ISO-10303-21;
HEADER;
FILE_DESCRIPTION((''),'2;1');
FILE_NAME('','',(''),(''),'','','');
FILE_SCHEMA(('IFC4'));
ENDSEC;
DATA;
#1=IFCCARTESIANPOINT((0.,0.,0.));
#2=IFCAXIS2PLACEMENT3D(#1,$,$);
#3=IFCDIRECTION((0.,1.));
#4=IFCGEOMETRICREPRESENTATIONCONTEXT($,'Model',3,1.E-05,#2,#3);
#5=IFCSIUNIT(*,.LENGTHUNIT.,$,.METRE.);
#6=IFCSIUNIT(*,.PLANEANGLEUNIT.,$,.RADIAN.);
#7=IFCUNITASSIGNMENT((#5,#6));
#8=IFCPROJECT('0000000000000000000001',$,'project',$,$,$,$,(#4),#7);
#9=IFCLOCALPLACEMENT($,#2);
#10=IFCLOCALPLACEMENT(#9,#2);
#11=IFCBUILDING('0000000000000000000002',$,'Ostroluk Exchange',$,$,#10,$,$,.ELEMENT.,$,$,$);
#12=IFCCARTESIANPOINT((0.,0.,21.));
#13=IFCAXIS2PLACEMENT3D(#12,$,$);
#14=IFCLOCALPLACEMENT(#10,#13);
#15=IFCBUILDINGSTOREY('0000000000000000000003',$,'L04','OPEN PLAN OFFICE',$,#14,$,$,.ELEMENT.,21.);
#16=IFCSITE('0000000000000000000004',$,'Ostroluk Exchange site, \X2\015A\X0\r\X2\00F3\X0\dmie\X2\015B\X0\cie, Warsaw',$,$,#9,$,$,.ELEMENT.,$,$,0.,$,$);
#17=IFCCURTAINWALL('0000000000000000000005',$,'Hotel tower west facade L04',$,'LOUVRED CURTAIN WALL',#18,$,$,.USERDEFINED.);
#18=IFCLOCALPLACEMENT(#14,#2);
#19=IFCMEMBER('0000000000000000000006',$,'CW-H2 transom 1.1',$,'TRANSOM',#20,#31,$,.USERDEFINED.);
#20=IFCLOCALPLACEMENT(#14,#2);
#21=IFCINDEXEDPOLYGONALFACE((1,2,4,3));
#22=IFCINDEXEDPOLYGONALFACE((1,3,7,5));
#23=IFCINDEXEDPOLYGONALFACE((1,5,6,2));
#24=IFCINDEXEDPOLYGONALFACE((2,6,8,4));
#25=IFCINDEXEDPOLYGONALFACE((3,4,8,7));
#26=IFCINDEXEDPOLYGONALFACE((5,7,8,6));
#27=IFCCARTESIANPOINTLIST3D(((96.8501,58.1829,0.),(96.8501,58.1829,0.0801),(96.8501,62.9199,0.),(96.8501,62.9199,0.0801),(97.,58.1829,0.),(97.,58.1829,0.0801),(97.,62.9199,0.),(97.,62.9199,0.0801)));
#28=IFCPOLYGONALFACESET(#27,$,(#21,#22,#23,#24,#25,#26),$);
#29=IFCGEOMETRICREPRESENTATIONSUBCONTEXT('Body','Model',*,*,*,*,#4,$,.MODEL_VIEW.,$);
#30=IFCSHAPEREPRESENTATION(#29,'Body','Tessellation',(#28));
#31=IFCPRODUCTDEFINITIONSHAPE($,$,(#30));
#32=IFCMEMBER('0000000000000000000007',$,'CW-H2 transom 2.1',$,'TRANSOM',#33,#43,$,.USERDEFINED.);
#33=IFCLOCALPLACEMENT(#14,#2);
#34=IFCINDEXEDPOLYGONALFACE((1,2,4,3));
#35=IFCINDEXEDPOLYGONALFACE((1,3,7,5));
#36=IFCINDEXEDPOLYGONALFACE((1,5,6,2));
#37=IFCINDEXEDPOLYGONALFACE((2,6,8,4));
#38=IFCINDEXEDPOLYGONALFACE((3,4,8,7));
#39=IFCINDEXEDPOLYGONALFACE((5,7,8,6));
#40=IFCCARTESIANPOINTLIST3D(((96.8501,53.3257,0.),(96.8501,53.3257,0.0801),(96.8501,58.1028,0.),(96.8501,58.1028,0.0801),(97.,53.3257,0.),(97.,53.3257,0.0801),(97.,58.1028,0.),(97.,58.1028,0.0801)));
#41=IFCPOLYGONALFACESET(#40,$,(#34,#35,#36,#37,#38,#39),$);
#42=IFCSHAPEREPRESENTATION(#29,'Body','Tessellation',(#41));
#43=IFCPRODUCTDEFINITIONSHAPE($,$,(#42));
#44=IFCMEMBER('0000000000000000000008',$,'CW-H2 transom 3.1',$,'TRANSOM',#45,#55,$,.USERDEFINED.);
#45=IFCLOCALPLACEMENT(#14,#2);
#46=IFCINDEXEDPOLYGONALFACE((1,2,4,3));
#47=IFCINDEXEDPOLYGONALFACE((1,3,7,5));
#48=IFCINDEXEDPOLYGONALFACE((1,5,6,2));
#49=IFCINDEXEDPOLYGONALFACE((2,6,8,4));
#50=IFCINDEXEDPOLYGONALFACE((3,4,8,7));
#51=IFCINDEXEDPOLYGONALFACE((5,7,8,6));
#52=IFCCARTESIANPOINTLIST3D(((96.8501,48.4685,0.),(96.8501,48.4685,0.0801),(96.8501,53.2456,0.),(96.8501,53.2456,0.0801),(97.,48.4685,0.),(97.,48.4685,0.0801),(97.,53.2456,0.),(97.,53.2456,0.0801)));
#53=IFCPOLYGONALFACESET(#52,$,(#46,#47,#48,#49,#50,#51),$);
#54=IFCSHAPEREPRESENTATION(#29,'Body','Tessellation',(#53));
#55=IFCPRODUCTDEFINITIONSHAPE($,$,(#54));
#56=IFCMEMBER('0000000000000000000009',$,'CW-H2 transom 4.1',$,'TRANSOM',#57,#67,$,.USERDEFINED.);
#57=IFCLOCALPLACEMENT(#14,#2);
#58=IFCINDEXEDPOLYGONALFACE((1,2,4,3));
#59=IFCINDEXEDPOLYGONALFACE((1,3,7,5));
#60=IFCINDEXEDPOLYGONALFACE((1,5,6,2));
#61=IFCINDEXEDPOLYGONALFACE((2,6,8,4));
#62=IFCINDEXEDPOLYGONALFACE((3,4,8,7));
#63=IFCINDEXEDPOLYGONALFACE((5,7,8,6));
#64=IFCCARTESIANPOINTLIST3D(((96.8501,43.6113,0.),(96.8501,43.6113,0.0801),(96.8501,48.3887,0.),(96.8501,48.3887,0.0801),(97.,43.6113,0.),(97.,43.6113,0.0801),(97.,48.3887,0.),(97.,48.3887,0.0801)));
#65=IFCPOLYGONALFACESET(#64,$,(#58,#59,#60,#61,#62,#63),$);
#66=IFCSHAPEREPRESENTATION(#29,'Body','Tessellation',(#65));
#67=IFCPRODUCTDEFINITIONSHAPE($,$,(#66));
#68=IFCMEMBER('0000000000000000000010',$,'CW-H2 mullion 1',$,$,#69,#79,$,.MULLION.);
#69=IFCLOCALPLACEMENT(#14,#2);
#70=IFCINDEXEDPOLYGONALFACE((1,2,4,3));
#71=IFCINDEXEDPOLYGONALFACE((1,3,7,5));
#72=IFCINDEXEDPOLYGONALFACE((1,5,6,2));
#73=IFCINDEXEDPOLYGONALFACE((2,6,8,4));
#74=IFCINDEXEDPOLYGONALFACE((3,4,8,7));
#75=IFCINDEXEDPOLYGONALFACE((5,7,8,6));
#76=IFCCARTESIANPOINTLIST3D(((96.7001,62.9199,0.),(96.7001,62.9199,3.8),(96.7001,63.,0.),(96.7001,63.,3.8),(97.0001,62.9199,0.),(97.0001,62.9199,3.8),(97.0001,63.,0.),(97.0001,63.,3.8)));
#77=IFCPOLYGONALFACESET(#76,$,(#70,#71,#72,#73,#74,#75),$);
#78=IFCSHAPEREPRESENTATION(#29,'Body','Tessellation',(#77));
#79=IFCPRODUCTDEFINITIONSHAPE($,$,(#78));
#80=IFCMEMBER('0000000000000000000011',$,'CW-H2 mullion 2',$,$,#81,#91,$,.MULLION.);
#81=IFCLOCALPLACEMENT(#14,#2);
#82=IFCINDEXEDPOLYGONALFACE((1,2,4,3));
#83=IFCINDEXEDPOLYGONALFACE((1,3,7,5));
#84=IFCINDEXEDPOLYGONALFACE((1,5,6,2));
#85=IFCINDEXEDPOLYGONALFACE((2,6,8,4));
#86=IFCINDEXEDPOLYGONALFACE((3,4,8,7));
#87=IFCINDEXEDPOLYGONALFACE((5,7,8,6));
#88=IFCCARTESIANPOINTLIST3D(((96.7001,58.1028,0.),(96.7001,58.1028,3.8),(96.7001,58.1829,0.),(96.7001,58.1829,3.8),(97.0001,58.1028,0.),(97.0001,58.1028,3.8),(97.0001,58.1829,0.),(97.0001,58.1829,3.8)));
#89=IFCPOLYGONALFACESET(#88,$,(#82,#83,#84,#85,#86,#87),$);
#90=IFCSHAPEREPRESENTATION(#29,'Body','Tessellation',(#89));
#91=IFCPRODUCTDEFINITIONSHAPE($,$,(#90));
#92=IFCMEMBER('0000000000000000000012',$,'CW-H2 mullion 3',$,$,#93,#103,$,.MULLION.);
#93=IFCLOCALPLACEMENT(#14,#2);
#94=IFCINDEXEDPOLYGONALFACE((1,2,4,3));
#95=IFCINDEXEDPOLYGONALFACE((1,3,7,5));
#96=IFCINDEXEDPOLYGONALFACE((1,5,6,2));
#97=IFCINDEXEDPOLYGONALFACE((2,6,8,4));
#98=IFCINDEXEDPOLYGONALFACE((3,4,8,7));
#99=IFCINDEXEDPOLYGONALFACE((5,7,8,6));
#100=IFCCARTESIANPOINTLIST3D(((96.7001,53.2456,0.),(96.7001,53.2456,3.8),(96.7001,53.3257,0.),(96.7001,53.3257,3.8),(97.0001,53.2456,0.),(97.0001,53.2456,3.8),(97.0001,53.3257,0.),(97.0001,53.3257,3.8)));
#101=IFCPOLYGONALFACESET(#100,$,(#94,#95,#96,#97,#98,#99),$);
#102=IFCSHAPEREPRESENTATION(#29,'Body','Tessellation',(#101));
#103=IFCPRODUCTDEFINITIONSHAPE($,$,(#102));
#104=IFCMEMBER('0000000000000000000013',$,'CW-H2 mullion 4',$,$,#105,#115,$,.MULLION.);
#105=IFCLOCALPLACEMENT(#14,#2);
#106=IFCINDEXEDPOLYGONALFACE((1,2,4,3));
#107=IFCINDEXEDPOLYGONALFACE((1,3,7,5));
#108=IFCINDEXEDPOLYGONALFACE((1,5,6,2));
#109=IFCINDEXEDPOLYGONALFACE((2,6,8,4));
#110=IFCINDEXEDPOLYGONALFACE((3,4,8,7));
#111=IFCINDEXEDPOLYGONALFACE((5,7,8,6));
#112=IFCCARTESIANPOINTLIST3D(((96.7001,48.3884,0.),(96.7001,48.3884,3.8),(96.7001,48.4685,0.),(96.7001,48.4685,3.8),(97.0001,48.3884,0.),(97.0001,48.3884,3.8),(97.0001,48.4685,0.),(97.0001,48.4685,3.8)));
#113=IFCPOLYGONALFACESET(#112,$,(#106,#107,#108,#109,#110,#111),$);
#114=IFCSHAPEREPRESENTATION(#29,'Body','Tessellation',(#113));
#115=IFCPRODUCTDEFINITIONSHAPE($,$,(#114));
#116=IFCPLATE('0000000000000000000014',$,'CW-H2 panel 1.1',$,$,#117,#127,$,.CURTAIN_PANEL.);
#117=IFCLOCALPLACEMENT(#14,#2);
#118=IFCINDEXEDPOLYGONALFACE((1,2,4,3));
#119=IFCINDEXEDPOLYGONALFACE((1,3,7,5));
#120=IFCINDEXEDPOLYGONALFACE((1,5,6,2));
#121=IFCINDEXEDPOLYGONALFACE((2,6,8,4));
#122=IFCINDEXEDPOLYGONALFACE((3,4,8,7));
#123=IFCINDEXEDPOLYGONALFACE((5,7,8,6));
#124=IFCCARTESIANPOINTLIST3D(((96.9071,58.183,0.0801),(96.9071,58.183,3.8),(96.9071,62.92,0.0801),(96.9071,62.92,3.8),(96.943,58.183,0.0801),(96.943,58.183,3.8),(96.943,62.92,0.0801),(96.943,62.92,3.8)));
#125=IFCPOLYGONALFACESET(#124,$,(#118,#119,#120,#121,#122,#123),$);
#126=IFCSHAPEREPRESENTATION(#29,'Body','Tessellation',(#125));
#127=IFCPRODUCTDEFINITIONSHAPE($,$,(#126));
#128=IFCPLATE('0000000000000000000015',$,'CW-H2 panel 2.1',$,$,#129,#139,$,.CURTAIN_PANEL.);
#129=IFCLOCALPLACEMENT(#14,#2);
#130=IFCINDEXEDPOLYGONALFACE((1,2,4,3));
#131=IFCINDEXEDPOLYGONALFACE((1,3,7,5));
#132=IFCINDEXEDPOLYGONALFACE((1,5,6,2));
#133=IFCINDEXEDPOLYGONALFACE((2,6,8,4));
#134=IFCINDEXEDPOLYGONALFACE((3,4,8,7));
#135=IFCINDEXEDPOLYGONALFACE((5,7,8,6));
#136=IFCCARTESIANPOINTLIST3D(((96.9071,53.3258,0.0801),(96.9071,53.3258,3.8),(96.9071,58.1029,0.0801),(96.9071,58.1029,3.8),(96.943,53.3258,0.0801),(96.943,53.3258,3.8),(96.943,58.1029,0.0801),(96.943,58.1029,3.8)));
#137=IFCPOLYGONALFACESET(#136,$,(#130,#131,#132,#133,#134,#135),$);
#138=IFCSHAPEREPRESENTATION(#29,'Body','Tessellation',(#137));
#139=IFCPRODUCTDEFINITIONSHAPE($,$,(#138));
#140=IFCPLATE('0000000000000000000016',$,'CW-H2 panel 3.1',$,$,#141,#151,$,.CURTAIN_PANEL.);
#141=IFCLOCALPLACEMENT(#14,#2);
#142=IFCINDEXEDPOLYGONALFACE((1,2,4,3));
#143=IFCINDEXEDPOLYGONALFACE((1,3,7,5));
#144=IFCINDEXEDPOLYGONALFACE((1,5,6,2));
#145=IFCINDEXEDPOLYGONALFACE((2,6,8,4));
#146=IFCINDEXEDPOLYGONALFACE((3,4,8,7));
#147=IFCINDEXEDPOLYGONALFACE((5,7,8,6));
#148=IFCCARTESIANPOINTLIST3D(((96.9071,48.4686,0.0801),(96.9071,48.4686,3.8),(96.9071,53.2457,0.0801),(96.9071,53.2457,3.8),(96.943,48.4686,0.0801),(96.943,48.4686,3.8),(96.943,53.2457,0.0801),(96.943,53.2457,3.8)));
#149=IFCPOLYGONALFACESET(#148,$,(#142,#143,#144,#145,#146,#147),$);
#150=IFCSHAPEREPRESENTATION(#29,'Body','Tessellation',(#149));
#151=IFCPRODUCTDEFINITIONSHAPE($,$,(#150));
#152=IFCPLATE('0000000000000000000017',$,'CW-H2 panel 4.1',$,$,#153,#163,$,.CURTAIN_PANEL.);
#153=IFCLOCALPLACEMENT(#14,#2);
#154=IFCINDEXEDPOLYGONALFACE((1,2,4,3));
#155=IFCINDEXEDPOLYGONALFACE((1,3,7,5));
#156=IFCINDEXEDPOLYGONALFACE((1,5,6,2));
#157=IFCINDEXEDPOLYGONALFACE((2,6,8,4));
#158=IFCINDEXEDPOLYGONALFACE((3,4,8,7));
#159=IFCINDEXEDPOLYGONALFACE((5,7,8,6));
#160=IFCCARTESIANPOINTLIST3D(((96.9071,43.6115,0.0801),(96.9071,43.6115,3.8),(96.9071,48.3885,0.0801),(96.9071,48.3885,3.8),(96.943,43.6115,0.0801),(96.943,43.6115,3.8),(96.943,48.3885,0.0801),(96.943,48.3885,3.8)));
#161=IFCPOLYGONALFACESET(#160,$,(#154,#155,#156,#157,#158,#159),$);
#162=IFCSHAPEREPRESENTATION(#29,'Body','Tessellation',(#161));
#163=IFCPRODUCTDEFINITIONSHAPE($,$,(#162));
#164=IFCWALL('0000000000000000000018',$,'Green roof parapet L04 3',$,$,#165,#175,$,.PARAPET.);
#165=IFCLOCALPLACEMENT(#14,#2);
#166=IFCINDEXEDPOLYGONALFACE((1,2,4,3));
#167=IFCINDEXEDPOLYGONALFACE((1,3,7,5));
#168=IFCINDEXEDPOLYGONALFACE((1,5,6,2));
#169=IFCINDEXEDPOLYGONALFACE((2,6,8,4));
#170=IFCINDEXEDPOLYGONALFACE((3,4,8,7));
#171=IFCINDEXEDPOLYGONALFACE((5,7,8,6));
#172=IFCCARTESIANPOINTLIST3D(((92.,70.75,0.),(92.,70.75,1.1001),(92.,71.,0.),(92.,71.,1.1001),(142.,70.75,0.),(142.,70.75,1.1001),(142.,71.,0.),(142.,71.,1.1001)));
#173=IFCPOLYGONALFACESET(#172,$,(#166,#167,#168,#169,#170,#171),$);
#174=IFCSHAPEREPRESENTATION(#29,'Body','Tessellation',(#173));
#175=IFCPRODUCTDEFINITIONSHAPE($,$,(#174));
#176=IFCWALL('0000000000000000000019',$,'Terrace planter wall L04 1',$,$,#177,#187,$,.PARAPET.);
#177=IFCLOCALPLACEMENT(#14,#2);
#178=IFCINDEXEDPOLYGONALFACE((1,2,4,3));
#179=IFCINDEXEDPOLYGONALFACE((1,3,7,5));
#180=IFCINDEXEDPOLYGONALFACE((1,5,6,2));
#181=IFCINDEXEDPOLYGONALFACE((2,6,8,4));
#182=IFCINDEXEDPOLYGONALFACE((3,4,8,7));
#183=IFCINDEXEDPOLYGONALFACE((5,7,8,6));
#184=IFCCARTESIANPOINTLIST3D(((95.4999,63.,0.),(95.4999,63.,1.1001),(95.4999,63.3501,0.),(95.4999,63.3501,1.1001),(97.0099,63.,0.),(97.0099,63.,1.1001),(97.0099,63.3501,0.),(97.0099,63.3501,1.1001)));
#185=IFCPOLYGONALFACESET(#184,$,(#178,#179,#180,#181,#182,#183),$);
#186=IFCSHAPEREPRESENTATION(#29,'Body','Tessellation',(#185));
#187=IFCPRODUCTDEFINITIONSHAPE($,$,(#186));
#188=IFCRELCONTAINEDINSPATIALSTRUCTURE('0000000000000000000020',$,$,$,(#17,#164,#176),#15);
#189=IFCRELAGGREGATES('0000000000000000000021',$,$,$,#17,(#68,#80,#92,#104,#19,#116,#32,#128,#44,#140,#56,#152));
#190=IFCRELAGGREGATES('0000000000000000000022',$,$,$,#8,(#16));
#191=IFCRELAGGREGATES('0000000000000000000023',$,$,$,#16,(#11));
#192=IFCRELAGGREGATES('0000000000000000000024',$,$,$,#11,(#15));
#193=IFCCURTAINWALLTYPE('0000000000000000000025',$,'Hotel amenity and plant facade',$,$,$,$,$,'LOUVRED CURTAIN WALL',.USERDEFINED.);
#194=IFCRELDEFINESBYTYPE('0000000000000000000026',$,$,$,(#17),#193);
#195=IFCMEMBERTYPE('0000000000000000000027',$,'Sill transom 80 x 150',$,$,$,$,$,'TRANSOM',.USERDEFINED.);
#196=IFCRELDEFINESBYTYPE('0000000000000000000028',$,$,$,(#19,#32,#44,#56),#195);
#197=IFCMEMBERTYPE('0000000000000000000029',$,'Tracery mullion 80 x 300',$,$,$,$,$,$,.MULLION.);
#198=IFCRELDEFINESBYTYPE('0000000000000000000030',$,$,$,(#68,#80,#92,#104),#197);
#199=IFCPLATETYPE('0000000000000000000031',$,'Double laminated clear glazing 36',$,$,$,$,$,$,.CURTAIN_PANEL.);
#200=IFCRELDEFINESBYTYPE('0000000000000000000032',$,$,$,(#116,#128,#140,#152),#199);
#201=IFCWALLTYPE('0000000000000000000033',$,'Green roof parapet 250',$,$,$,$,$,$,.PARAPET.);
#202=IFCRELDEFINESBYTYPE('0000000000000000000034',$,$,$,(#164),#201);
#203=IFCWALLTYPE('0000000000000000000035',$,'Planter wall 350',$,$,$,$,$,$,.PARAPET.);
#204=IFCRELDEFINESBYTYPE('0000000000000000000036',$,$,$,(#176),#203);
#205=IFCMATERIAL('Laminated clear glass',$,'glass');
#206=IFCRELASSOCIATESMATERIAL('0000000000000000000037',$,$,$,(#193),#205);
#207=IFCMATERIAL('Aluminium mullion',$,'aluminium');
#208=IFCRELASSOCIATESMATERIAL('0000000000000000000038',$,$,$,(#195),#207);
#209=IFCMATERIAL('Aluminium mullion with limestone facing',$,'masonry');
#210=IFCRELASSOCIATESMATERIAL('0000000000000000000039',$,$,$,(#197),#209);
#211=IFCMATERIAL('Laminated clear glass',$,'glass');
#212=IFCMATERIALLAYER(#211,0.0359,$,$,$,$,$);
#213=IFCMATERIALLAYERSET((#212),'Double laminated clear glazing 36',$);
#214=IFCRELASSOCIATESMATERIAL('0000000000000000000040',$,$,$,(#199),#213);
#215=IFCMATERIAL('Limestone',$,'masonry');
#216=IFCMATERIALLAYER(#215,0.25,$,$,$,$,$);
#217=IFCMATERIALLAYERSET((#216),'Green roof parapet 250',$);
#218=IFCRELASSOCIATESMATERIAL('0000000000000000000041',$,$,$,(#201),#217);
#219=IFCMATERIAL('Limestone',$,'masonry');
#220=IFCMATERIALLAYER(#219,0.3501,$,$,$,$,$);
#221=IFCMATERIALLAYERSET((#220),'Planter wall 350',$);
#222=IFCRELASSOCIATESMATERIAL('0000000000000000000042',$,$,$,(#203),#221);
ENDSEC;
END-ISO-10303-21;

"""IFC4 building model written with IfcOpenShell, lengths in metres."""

from ifc_helpers import new_model, si_unit, direction, frame, frame_2d, origin, origin_2d, place, context, subcontext, project, spatial, rectangle, extrude, material, layer, layer_set, material_profile, profile_set, type_object, element, aggregate, save


model = new_model("IFC4")

# Units and contexts
model_context = context("Model", 3, precision=1e-05, world=origin(), true_north=direction((0.0, 1.0)))
body_context = subcontext(model_context, "Body", "Model", "MODEL_VIEW")
ifc_project = project(units=[si_unit("LENGTHUNIT", "METRE"), si_unit("PLANEANGLEUNIT", "RADIAN")], contexts=[model_context])

# Site, building, storey
site_placement = place(None, origin())
site = spatial("IfcSite", under=ifc_project, at=site_placement, Name="Ostroluk Exchange site, Śródmieście, Warsaw", CompositionType="ELEMENT", RefElevation=0.0)
building_placement = place(site_placement, origin())
building = spatial("IfcBuilding", under=site, at=building_placement, Name="Ostroluk Exchange", CompositionType="ELEMENT")
storey_placement = place(building_placement, frame((0.0, 0.0, 21.0)))
storey = spatial("IfcBuildingStorey", under=building, at=storey_placement, Name="L04", Description="OPEN PLAN OFFICE", CompositionType="ELEMENT", Elevation=21.0)

# Curtain wall, members, plates
ifc_material_1 = material(Name="Laminated clear glass", Category="glass")
curtain_wall_type = type_object("IfcCurtainWallType", Name="Hotel amenity and plant facade", ElementType="LOUVRED CURTAIN WALL", PredefinedType="USERDEFINED", material=ifc_material_1)
curtain_wall_placement = place(storey_placement, origin())
curtain_wall = element("IfcCurtainWall", 1, at=curtain_wall_placement, inside=storey, type_object=curtain_wall_type, Name="Hotel tower west facade L04", ObjectType="LOUVRED CURTAIN WALL", PredefinedType="USERDEFINED")
ifc_material_2 = material(Name="Aluminium mullion", Category="aluminium")
ifc_material_profile_1 = material_profile(ifc_material_2, rectangle(XDim=0.1499, YDim=0.0801, at=origin_2d()), Name="Sill transom 80 x 150")
ifc_profile_set_1 = profile_set([ifc_material_profile_1], Name="Aluminium mullion")
member_type_1 = type_object("IfcMemberType", Name="Sill transom 80 x 150", ElementType="TRANSOM", PredefinedType="USERDEFINED", material=ifc_profile_set_1)
member_1_placement = place(storey_placement, frame((96.925, 62.9199, 0.04), z_axis=(0.0, -1.0, 0.0), x_axis=(1.0, 0.0, 0.0)))
member_1 = element("IfcMember", 2, at=member_1_placement, type_object=member_type_1, Name="CW-H2 transom 1.1", ObjectType="TRANSOM", PredefinedType="USERDEFINED", context=body_context, shape_type="SweptSolid", body=[
    extrude(rectangle(XDim=0.1499, YDim=0.0801, at=origin_2d()), origin(), (0.0, 0.0, 1.0), 4.7371),
])
member_2_placement = place(storey_placement, frame((96.925, 58.1028, 0.04), z_axis=(0.0, -1.0, 0.0), x_axis=(1.0, 0.0, 0.0)))
member_2 = element("IfcMember", 3, at=member_2_placement, type_object=member_type_1, Name="CW-H2 transom 2.1", ObjectType="TRANSOM", PredefinedType="USERDEFINED", context=body_context, shape_type="SweptSolid", body=[
    extrude(rectangle(XDim=0.1499, YDim=0.0801, at=origin_2d()), origin(), (0.0, 0.0, 1.0), 4.7771),
])
member_3_placement = place(storey_placement, frame((96.925, 53.2456, 0.04), z_axis=(0.0, -1.0, 0.0), x_axis=(1.0, 0.0, 0.0)))
member_3 = element("IfcMember", 4, at=member_3_placement, type_object=member_type_1, Name="CW-H2 transom 3.1", ObjectType="TRANSOM", PredefinedType="USERDEFINED", context=body_context, shape_type="SweptSolid", body=[
    extrude(rectangle(XDim=0.1499, YDim=0.0801, at=origin_2d()), origin(), (0.0, 0.0, 1.0), 4.7771),
])
member_4_placement = place(storey_placement, frame((96.925, 48.3887, 0.04), z_axis=(0.0, -1.0, 0.0), x_axis=(1.0, 0.0, 0.0)))
member_4 = element("IfcMember", 5, at=member_4_placement, type_object=member_type_1, Name="CW-H2 transom 4.1", ObjectType="TRANSOM", PredefinedType="USERDEFINED", context=body_context, shape_type="SweptSolid", body=[
    extrude(rectangle(XDim=0.1499, YDim=0.0801, at=origin_2d()), origin(), (0.0, 0.0, 1.0), 4.7773),
])
ifc_material_3 = material(Name="Aluminium mullion with limestone facing", Category="masonry")
ifc_material_profile_2 = material_profile(ifc_material_3, rectangle(XDim=0.3, YDim=0.0801, at=origin_2d()), Name="Tracery mullion 80 x 300")
ifc_profile_set_2 = profile_set([ifc_material_profile_2], Name="Aluminium mullion with limestone facing")
member_type_2 = type_object("IfcMemberType", Name="Tracery mullion 80 x 300", PredefinedType="MULLION", material=ifc_profile_set_2)
member_5_placement = place(storey_placement, frame((96.8501, 62.96, 0.0), z_axis=(0.0, 0.0, 1.0), x_axis=(1.0, 0.0, 0.0)))
member_5 = element("IfcMember", 6, at=member_5_placement, type_object=member_type_2, Name="CW-H2 mullion 1", PredefinedType="MULLION", context=body_context, shape_type="SweptSolid", body=[
    extrude(rectangle(XDim=0.3, YDim=0.0801, at=origin_2d()), origin(), (0.0, 0.0, 1.0), 3.8),
])
member_6_placement = place(storey_placement, frame((96.8501, 58.1428, 0.0), z_axis=(0.0, 0.0, 1.0), x_axis=(1.0, 0.0, 0.0)))
member_6 = element("IfcMember", 7, at=member_6_placement, type_object=member_type_2, Name="CW-H2 mullion 2", PredefinedType="MULLION", context=body_context, shape_type="SweptSolid", body=[
    extrude(rectangle(XDim=0.3, YDim=0.0801, at=origin_2d()), origin(), (0.0, 0.0, 1.0), 3.8),
])
member_7_placement = place(storey_placement, frame((96.8501, 53.2856, 0.0), z_axis=(0.0, 0.0, 1.0), x_axis=(1.0, 0.0, 0.0)))
member_7 = element("IfcMember", 8, at=member_7_placement, type_object=member_type_2, Name="CW-H2 mullion 3", PredefinedType="MULLION", context=body_context, shape_type="SweptSolid", body=[
    extrude(rectangle(XDim=0.3, YDim=0.0801, at=origin_2d()), origin(), (0.0, 0.0, 1.0), 3.8),
])
member_8_placement = place(storey_placement, frame((96.8501, 48.4285, 0.0), z_axis=(0.0, 0.0, 1.0), x_axis=(1.0, 0.0, 0.0)))
member_8 = element("IfcMember", 9, at=member_8_placement, type_object=member_type_2, Name="CW-H2 mullion 4", PredefinedType="MULLION", context=body_context, shape_type="SweptSolid", body=[
    extrude(rectangle(XDim=0.3, YDim=0.0801, at=origin_2d()), origin(), (0.0, 0.0, 1.0), 3.8),
])
ifc_material_4 = material(Name="Laminated clear glass", Category="glass")
ifc_layer_1 = layer(ifc_material_4, 0.0359)
ifc_layer_set_1 = layer_set([ifc_layer_1], Name="Double laminated clear glazing 36")
plate_type = type_object("IfcPlateType", Name="Double laminated clear glazing 36", PredefinedType="CURTAIN_PANEL", material=ifc_layer_set_1)
plate_1_placement = place(storey_placement, frame((96.925, 60.5515, 0.0801), z_axis=(0.0, 0.0, 1.0), x_axis=(0.0, -1.0, 0.0)))
plate_1 = element("IfcPlate", 10, at=plate_1_placement, type_object=plate_type, Name="CW-H2 panel 1.1", PredefinedType="CURTAIN_PANEL", context=body_context, shape_type="SweptSolid", body=[
    extrude(rectangle(XDim=4.7371, YDim=0.0359, at=origin_2d()), origin(), (0.0, 0.0, 1.0), 3.72),
])
plate_2_placement = place(storey_placement, frame((96.925, 55.7144, 0.0801), z_axis=(0.0, 0.0, 1.0), x_axis=(0.0, -1.0, 0.0)))
plate_2 = element("IfcPlate", 11, at=plate_2_placement, type_object=plate_type, Name="CW-H2 panel 2.1", PredefinedType="CURTAIN_PANEL", context=body_context, shape_type="SweptSolid", body=[
    extrude(rectangle(XDim=4.7771, YDim=0.0359, at=origin_2d()), origin(), (0.0, 0.0, 1.0), 3.72),
])
plate_3_placement = place(storey_placement, frame((96.925, 50.8572, 0.0801), z_axis=(0.0, 0.0, 1.0), x_axis=(0.0, -1.0, 0.0)))
plate_3 = element("IfcPlate", 12, at=plate_3_placement, type_object=plate_type, Name="CW-H2 panel 3.1", PredefinedType="CURTAIN_PANEL", context=body_context, shape_type="SweptSolid", body=[
    extrude(rectangle(XDim=4.7771, YDim=0.0359, at=origin_2d()), origin(), (0.0, 0.0, 1.0), 3.72),
])
plate_4_placement = place(storey_placement, frame((96.925, 46.0, 0.0801), z_axis=(0.0, 0.0, 1.0), x_axis=(0.0, -1.0, 0.0)))
plate_4 = element("IfcPlate", 13, at=plate_4_placement, type_object=plate_type, Name="CW-H2 panel 4.1", PredefinedType="CURTAIN_PANEL", context=body_context, shape_type="SweptSolid", body=[
    extrude(rectangle(XDim=4.7771, YDim=0.0359, at=origin_2d()), origin(), (0.0, 0.0, 1.0), 3.72),
])
aggregate(curtain_wall, [member_5, member_6, member_7, member_8, member_1, plate_1, member_2, plate_2, member_3, plate_3, member_4, plate_4])

# Walls
ifc_material_5 = material(Name="Limestone", Category="masonry")
ifc_layer_2 = layer(ifc_material_5, 0.25)
ifc_layer_set_2 = layer_set([ifc_layer_2], Name="Green roof parapet 250")
wall_type_1 = type_object("IfcWallType", Name="Green roof parapet 250", PredefinedType="PARAPET", material=ifc_layer_set_2)
wall_1_placement = place(storey_placement, frame((92.0, 70.875, 0.0), z_axis=(0.0, 0.0, 1.0), x_axis=(1.0, 0.0, 0.0)))
element("IfcWall", 14, at=wall_1_placement, inside=storey, type_object=wall_type_1, Name="Green roof parapet L04 3", PredefinedType="PARAPET", context=body_context, shape_type="SweptSolid", body=[
    extrude(rectangle(XDim=50.0, YDim=0.25, at=frame_2d((25.0, 0.0))), origin(), (0.0, 0.0, 1.0), 1.1001),
])
ifc_material_6 = material(Name="Limestone", Category="masonry")
ifc_layer_3 = layer(ifc_material_6, 0.3501)
ifc_layer_set_3 = layer_set([ifc_layer_3], Name="Planter wall 350")
wall_type_2 = type_object("IfcWallType", Name="Planter wall 350", PredefinedType="PARAPET", material=ifc_layer_set_3)
wall_2_placement = place(storey_placement, frame((95.5, 63.175, 0.0), z_axis=(0.0, 0.0, 1.0), x_axis=(1.0, 0.0, 0.0)))
element("IfcWall", 15, at=wall_2_placement, inside=storey, type_object=wall_type_2, Name="Terrace planter wall L04 1", PredefinedType="PARAPET", context=body_context, shape_type="SweptSolid", body=[
    extrude(rectangle(XDim=1.51, YDim=0.3501, at=frame_2d((0.7549, 0.0))), origin(), (0.0, 0.0, 1.0), 1.1001),
])

save(model, "model.ifc")
